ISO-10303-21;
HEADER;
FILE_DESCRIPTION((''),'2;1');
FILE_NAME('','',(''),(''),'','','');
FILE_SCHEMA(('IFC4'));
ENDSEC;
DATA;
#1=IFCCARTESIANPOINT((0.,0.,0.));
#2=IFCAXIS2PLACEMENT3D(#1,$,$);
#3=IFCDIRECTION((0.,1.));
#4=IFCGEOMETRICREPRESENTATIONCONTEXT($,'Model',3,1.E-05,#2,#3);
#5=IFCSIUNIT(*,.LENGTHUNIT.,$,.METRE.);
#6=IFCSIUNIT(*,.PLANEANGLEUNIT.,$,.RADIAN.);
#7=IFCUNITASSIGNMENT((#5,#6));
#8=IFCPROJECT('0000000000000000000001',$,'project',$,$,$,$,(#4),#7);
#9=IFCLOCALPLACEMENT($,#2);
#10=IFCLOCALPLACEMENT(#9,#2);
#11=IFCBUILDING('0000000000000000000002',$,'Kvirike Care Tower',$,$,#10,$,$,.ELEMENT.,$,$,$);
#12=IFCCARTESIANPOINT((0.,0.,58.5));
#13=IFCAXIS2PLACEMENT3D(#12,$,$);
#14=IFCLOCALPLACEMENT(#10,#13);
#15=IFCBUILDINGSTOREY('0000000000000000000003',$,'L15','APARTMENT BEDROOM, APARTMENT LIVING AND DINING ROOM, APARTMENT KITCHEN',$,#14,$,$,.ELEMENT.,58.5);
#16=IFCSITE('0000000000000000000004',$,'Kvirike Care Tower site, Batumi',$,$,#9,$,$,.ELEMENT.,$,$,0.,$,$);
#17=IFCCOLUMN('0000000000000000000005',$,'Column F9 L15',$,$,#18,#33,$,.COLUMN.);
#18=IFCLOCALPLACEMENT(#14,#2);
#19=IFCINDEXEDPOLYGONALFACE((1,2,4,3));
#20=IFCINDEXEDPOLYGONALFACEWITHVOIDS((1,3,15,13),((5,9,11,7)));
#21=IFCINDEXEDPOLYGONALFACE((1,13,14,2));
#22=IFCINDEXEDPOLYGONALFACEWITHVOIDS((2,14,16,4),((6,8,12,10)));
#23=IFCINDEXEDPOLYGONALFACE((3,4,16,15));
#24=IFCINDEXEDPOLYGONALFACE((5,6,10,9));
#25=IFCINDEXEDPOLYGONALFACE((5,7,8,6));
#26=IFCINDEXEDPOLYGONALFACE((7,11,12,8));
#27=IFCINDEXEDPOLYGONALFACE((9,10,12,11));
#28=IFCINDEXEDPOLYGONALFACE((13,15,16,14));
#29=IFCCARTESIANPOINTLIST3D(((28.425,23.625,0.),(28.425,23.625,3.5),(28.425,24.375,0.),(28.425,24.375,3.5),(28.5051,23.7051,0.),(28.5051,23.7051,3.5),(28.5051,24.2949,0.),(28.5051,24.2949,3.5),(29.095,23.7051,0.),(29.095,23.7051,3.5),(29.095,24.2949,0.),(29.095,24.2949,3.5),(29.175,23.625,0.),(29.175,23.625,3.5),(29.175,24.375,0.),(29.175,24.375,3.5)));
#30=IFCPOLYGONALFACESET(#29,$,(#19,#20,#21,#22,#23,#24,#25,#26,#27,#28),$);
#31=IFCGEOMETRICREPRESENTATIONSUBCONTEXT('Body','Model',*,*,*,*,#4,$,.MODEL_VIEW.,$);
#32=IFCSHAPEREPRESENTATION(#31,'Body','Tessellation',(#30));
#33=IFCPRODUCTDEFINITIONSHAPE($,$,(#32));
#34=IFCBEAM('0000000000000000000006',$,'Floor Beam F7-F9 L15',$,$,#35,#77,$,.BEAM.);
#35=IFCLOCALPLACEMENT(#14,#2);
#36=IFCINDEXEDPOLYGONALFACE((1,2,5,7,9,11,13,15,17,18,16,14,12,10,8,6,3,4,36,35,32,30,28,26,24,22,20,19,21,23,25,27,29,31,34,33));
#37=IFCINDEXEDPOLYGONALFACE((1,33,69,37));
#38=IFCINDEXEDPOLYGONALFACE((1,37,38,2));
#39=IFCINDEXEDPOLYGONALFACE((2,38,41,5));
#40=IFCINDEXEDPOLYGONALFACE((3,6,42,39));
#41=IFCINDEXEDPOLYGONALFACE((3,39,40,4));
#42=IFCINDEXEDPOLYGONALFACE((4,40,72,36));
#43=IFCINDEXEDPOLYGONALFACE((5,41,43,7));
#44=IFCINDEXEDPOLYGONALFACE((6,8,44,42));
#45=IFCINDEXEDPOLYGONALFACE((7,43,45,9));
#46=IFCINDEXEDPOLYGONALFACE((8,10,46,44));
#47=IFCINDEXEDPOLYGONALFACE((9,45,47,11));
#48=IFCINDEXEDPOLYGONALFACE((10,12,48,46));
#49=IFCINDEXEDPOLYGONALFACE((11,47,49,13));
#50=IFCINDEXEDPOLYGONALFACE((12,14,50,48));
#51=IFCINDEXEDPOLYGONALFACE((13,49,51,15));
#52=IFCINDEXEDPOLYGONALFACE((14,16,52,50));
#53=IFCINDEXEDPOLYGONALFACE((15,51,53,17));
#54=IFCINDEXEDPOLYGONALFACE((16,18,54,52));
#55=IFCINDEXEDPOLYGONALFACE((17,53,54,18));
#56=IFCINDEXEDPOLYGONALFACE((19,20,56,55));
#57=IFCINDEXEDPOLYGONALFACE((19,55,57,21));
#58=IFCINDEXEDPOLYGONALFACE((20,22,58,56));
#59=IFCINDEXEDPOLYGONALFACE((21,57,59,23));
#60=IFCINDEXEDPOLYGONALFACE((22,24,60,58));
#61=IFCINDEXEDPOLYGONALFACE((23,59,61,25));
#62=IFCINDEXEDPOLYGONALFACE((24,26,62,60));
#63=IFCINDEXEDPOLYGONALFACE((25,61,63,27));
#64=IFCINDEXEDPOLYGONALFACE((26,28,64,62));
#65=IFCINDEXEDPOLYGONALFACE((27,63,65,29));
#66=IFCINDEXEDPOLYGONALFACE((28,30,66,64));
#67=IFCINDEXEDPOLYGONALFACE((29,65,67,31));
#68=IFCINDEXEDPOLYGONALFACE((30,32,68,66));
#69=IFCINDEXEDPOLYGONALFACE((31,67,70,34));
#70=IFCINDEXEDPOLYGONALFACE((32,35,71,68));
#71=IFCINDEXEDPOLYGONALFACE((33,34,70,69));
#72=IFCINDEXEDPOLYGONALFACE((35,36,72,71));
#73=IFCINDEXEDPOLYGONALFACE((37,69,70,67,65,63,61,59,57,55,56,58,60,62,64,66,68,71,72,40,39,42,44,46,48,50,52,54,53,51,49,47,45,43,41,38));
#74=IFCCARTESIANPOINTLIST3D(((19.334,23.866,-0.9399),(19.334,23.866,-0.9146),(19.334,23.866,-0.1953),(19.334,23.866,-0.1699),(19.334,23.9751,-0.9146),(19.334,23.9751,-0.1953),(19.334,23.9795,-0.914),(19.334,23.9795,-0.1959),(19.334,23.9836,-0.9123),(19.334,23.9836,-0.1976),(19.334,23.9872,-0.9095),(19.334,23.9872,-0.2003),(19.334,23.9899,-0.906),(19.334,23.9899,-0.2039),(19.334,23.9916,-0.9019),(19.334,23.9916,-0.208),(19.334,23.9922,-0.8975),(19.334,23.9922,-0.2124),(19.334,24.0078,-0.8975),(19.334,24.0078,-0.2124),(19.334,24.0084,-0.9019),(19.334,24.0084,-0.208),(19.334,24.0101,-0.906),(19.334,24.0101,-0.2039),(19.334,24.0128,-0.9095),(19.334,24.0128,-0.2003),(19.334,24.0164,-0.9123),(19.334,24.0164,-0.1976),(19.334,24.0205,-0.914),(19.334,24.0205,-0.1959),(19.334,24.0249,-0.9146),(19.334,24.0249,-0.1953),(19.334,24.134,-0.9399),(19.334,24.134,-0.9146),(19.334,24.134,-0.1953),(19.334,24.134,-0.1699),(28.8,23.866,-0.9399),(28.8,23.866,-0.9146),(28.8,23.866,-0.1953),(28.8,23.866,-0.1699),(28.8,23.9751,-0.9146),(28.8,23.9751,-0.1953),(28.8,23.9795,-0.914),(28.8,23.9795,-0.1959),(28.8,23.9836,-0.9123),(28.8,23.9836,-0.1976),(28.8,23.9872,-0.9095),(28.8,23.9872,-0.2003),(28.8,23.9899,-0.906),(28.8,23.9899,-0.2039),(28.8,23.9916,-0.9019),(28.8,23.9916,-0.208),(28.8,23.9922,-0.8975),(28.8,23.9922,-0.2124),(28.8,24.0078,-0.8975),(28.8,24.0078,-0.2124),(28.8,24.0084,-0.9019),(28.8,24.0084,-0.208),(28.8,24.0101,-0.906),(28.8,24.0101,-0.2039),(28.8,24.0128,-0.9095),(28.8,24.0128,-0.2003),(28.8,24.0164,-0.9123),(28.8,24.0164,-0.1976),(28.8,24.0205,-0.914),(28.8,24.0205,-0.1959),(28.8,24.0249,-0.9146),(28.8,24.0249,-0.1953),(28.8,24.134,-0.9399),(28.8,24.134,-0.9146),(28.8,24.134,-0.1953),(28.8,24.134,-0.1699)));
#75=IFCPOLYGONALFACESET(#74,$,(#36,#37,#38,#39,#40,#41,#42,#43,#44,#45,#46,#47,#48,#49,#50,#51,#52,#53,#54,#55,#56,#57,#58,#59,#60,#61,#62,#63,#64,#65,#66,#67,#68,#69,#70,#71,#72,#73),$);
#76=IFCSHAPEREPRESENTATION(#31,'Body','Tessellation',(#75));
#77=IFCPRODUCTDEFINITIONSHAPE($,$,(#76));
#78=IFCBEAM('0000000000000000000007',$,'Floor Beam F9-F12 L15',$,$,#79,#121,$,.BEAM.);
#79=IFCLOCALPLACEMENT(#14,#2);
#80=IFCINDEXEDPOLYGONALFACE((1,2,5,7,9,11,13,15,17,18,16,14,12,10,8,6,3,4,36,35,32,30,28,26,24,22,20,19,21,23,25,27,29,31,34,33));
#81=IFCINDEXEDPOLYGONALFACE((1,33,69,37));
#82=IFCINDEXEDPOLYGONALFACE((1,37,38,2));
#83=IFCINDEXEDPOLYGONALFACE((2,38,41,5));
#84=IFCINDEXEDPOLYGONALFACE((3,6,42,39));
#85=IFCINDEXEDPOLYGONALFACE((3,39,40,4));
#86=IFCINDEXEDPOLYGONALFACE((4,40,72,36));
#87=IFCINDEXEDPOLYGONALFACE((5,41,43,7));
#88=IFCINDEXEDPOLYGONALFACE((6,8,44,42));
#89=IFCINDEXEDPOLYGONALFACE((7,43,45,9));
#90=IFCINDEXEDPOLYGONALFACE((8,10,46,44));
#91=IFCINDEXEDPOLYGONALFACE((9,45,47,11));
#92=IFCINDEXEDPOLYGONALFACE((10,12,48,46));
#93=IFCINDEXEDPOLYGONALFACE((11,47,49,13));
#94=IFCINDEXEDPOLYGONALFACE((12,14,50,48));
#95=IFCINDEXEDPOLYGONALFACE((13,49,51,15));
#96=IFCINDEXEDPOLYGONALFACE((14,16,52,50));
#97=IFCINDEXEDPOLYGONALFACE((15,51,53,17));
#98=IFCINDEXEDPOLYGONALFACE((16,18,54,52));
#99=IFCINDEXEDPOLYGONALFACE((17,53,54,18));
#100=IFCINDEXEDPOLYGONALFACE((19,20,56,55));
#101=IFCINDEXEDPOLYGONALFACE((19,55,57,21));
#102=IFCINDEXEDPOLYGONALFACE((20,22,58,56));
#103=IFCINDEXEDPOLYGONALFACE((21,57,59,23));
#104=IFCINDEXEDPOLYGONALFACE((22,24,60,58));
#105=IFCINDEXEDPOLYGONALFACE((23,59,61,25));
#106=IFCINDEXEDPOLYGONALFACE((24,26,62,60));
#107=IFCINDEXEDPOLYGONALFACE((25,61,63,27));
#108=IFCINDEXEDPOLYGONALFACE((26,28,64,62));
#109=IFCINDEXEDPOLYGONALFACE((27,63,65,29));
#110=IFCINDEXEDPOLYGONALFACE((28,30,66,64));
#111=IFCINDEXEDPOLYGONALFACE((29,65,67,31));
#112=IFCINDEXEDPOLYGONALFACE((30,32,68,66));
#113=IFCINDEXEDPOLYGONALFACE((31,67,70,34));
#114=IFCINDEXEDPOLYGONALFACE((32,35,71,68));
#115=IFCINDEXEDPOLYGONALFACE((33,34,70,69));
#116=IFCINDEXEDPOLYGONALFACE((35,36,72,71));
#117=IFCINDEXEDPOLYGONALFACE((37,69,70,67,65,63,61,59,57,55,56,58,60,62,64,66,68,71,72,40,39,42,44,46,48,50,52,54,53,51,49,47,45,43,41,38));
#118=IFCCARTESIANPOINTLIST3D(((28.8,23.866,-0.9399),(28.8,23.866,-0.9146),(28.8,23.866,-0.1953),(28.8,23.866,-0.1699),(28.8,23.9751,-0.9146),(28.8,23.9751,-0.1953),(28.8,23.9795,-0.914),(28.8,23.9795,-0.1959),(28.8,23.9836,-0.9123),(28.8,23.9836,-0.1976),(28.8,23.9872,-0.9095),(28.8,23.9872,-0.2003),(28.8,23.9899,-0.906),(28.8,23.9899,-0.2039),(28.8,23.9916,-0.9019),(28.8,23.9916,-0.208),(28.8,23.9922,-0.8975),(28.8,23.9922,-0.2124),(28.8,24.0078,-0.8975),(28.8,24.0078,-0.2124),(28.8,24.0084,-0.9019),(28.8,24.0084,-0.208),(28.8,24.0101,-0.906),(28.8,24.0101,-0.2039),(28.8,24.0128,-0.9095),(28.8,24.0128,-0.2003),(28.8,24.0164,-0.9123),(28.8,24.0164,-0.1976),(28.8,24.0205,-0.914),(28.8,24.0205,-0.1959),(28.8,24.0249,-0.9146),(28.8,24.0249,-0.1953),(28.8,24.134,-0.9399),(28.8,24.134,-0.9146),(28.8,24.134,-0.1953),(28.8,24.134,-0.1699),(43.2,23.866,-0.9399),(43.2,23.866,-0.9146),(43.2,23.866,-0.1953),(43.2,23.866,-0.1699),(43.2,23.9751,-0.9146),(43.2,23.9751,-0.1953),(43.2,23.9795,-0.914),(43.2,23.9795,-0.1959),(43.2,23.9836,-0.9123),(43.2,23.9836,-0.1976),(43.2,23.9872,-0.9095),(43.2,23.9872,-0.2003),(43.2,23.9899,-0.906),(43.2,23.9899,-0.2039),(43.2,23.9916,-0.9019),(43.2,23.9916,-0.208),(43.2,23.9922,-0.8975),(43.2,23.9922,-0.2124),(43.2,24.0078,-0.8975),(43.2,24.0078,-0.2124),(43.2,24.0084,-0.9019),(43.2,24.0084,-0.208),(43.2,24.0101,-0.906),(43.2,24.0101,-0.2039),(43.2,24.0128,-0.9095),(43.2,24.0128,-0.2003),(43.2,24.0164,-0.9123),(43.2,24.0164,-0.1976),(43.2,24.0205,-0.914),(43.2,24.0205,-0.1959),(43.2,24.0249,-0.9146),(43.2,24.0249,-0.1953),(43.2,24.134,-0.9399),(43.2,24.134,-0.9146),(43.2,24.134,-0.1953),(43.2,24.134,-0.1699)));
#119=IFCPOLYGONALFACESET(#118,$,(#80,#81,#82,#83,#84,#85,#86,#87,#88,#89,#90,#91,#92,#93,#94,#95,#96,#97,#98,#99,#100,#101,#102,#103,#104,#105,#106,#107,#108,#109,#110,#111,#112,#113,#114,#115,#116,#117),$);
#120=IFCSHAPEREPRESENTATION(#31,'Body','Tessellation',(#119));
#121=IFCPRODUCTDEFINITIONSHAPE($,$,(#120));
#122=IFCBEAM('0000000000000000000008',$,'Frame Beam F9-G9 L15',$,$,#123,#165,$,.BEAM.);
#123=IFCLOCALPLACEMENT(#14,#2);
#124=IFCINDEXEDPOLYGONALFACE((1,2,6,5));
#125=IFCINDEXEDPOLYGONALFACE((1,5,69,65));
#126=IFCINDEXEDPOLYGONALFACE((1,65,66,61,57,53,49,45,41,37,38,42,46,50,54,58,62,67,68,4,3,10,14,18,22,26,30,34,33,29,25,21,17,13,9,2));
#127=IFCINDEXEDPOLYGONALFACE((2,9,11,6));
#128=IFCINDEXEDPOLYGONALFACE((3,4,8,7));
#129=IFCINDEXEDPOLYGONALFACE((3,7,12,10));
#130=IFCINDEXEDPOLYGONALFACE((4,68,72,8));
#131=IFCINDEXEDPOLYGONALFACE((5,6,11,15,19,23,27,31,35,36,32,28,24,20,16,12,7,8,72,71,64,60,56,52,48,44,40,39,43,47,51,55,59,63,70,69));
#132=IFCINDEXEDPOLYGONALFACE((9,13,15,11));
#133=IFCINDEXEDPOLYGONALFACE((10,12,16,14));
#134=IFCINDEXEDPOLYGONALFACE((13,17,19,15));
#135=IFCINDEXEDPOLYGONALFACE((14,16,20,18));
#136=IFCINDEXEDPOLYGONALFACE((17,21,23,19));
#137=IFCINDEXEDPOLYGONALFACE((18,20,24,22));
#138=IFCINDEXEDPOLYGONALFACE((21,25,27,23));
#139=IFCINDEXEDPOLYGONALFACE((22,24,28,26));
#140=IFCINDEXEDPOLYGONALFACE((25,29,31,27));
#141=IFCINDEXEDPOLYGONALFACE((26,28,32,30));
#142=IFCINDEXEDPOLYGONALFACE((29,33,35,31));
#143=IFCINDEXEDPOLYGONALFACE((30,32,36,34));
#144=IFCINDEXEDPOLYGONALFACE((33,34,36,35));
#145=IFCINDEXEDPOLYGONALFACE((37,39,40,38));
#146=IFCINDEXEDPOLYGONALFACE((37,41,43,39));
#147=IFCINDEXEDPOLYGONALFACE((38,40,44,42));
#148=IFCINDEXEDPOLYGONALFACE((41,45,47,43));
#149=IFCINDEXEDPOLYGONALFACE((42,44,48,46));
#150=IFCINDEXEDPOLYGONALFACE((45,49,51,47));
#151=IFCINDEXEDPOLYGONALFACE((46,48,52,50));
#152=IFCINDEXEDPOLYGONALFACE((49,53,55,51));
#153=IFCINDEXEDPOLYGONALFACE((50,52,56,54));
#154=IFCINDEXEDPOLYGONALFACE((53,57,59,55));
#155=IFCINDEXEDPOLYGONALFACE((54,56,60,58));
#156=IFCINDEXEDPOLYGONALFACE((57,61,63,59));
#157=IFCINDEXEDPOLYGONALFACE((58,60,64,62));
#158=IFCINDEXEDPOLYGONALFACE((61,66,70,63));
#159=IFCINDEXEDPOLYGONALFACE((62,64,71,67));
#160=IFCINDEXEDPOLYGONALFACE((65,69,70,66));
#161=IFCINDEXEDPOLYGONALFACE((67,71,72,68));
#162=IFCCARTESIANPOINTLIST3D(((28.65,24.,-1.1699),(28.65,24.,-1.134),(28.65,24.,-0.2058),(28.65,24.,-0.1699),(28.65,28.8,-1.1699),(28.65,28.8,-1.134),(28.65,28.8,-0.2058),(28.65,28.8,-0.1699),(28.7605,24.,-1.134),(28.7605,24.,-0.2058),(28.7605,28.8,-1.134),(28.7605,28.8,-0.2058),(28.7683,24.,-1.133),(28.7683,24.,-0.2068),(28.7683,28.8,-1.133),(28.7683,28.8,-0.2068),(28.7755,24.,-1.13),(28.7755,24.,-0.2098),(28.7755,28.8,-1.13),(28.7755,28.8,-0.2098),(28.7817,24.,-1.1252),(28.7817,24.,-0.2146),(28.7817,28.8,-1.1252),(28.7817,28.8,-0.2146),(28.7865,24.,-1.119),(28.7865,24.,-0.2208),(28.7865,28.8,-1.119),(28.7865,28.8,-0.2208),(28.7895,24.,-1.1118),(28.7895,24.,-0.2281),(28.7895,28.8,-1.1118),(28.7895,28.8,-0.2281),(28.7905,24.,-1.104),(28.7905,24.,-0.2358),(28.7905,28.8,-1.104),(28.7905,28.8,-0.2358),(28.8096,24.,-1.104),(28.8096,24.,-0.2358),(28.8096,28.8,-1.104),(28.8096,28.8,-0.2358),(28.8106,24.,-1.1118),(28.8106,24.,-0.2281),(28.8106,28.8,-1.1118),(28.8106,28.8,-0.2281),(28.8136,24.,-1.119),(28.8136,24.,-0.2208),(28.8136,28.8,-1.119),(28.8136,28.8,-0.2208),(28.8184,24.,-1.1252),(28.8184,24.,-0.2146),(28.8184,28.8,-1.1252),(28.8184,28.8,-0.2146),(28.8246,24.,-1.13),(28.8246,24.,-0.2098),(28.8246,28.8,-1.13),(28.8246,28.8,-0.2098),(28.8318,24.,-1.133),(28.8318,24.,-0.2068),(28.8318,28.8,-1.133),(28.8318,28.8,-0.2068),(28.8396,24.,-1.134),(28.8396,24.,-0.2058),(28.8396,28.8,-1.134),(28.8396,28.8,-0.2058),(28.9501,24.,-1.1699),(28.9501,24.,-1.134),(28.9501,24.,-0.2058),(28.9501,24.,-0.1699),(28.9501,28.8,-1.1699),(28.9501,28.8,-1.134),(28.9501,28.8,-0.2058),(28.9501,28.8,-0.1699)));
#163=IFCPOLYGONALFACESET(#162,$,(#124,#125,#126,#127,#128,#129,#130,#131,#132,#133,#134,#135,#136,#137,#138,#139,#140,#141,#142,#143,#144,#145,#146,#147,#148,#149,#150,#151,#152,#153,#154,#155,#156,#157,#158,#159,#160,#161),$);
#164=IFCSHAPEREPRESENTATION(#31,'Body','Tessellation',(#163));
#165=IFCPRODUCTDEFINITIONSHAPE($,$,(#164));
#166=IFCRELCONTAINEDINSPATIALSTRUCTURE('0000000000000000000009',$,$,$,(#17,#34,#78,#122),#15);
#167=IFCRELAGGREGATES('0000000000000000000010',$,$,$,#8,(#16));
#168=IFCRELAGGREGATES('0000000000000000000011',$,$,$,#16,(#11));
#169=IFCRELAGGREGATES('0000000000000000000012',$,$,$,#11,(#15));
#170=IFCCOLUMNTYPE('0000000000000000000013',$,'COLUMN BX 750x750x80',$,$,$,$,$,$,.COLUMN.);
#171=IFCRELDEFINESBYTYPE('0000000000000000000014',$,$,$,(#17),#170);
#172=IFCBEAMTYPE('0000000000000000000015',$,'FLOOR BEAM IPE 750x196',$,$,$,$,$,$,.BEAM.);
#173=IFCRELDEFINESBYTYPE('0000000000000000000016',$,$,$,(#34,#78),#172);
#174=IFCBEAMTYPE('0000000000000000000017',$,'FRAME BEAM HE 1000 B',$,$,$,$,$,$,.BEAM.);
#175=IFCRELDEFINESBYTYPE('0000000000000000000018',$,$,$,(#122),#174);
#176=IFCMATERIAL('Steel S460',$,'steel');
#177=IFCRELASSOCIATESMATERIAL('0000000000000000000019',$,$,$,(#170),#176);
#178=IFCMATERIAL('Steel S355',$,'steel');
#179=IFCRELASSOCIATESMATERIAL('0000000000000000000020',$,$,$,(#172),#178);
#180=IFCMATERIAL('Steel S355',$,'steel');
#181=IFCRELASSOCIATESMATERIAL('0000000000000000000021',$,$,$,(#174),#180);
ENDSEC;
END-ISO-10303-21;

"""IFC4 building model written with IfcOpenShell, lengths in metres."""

from ifc_helpers import new_model, si_unit, direction, frame, origin, origin_2d, place, context, subcontext, project, spatial, hollow_rectangle, i_section, extrude, material, material_profile, profile_set, type_object, element, save


model = new_model("IFC4")

# Units and contexts
model_context = context("Model", 3, precision=1e-05, world=origin(), true_north=direction((0.0, 1.0)))
body_context = subcontext(model_context, "Body", "Model", "MODEL_VIEW")
ifc_project = project(units=[si_unit("LENGTHUNIT", "METRE"), si_unit("PLANEANGLEUNIT", "RADIAN")], contexts=[model_context])

# Site, building, storey
site_placement = place(None, origin())
site = spatial("IfcSite", under=ifc_project, at=site_placement, Name="Kvirike Care Tower site, Batumi", CompositionType="ELEMENT", RefElevation=0.0)
building_placement = place(site_placement, origin())
building = spatial("IfcBuilding", under=site, at=building_placement, Name="Kvirike Care Tower", CompositionType="ELEMENT")
storey_placement = place(building_placement, frame((0.0, 0.0, 58.5)))
storey = spatial("IfcBuildingStorey", under=building, at=storey_placement, Name="L15", Description="APARTMENT BEDROOM, APARTMENT LIVING AND DINING ROOM, APARTMENT KITCHEN", CompositionType="ELEMENT", Elevation=58.5)

# Column
ifc_material_1 = material(Name="Steel S460", Category="steel")
ifc_material_profile_1 = material_profile(ifc_material_1, hollow_rectangle(XDim=0.75, YDim=0.75, WallThickness=0.0801, at=origin_2d()), Name="BX 750x750x80")
ifc_profile_set_1 = profile_set([ifc_material_profile_1], Name="Steel S460")
column_type = type_object("IfcColumnType", Name="COLUMN BX 750x750x80", PredefinedType="COLUMN", material=ifc_profile_set_1)
column_placement = place(storey_placement, frame((28.8, 24.0, 0.0), z_axis=(0.0, 0.0, 1.0), x_axis=(1.0, 0.0, 0.0)))
element("IfcColumn", 1, at=column_placement, inside=storey, type_object=column_type, Name="Column F9 L15", PredefinedType="COLUMN", context=body_context, shape_type="SweptSolid", body=[
    extrude(hollow_rectangle(XDim=0.75, YDim=0.75, WallThickness=0.0801, at=origin_2d()), origin(), (0.0, 0.0, 1.0), 3.5),
])

# Beams
ifc_material_2 = material(Name="Steel S355", Category="steel")
ifc_material_profile_2 = material_profile(ifc_material_2, i_section(OverallWidth=0.2681, OverallDepth=0.77, WebThickness=0.0156, FlangeThickness=0.0254, FilletRadius=0.0171, at=origin_2d()), Name="IPE 750x196")
ifc_profile_set_2 = profile_set([ifc_material_profile_2], Name="Steel S355")
beam_type_1 = type_object("IfcBeamType", Name="FLOOR BEAM IPE 750x196", PredefinedType="BEAM", material=ifc_profile_set_2)
beam_1_placement = place(storey_placement, frame((19.334, 24.0, -0.5549), z_axis=(1.0, 0.0, 0.0), x_axis=(0.0, 1.0, 0.0)))
element("IfcBeam", 2, at=beam_1_placement, inside=storey, type_object=beam_type_1, Name="Floor Beam F7-F9 L15", PredefinedType="BEAM", context=body_context, shape_type="SweptSolid", body=[
    extrude(i_section(OverallWidth=0.2681, OverallDepth=0.77, WebThickness=0.0156, FlangeThickness=0.0254, FilletRadius=0.0171, at=origin_2d()), origin(), (0.0, 0.0, 1.0), 9.4661),
])
beam_2_placement = place(storey_placement, frame((28.8, 24.0, -0.5549), z_axis=(1.0, 0.0, 0.0), x_axis=(0.0, 1.0, 0.0)))
element("IfcBeam", 3, at=beam_2_placement, inside=storey, type_object=beam_type_1, Name="Floor Beam F9-F12 L15", PredefinedType="BEAM", context=body_context, shape_type="SweptSolid", body=[
    extrude(i_section(OverallWidth=0.2681, OverallDepth=0.77, WebThickness=0.0156, FlangeThickness=0.0254, FilletRadius=0.0171, at=origin_2d()), origin(), (0.0, 0.0, 1.0), 14.3999),
])
ifc_material_3 = material(Name="Steel S355", Category="steel")
ifc_material_profile_3 = material_profile(ifc_material_3, i_section(OverallWidth=0.3, OverallDepth=1.0, WebThickness=0.019, FlangeThickness=0.0359, FilletRadius=0.03, at=origin_2d()), Name="HE 1000 B")
ifc_profile_set_3 = profile_set([ifc_material_profile_3], Name="Steel S355")
beam_type_2 = type_object("IfcBeamType", Name="FRAME BEAM HE 1000 B", PredefinedType="BEAM", material=ifc_profile_set_3)
beam_3_placement = place(storey_placement, frame((28.8, 24.0, -0.6699), z_axis=(0.0, 1.0, 0.0), x_axis=(-1.0, 0.0, 0.0)))
element("IfcBeam", 4, at=beam_3_placement, inside=storey, type_object=beam_type_2, Name="Frame Beam F9-G9 L15", PredefinedType="BEAM", context=body_context, shape_type="SweptSolid", body=[
    extrude(i_section(OverallWidth=0.3, OverallDepth=1.0, WebThickness=0.019, FlangeThickness=0.0359, FilletRadius=0.03, at=origin_2d()), origin(), (0.0, 0.0, 1.0), 4.8),
])

save(model, "model.ifc")
